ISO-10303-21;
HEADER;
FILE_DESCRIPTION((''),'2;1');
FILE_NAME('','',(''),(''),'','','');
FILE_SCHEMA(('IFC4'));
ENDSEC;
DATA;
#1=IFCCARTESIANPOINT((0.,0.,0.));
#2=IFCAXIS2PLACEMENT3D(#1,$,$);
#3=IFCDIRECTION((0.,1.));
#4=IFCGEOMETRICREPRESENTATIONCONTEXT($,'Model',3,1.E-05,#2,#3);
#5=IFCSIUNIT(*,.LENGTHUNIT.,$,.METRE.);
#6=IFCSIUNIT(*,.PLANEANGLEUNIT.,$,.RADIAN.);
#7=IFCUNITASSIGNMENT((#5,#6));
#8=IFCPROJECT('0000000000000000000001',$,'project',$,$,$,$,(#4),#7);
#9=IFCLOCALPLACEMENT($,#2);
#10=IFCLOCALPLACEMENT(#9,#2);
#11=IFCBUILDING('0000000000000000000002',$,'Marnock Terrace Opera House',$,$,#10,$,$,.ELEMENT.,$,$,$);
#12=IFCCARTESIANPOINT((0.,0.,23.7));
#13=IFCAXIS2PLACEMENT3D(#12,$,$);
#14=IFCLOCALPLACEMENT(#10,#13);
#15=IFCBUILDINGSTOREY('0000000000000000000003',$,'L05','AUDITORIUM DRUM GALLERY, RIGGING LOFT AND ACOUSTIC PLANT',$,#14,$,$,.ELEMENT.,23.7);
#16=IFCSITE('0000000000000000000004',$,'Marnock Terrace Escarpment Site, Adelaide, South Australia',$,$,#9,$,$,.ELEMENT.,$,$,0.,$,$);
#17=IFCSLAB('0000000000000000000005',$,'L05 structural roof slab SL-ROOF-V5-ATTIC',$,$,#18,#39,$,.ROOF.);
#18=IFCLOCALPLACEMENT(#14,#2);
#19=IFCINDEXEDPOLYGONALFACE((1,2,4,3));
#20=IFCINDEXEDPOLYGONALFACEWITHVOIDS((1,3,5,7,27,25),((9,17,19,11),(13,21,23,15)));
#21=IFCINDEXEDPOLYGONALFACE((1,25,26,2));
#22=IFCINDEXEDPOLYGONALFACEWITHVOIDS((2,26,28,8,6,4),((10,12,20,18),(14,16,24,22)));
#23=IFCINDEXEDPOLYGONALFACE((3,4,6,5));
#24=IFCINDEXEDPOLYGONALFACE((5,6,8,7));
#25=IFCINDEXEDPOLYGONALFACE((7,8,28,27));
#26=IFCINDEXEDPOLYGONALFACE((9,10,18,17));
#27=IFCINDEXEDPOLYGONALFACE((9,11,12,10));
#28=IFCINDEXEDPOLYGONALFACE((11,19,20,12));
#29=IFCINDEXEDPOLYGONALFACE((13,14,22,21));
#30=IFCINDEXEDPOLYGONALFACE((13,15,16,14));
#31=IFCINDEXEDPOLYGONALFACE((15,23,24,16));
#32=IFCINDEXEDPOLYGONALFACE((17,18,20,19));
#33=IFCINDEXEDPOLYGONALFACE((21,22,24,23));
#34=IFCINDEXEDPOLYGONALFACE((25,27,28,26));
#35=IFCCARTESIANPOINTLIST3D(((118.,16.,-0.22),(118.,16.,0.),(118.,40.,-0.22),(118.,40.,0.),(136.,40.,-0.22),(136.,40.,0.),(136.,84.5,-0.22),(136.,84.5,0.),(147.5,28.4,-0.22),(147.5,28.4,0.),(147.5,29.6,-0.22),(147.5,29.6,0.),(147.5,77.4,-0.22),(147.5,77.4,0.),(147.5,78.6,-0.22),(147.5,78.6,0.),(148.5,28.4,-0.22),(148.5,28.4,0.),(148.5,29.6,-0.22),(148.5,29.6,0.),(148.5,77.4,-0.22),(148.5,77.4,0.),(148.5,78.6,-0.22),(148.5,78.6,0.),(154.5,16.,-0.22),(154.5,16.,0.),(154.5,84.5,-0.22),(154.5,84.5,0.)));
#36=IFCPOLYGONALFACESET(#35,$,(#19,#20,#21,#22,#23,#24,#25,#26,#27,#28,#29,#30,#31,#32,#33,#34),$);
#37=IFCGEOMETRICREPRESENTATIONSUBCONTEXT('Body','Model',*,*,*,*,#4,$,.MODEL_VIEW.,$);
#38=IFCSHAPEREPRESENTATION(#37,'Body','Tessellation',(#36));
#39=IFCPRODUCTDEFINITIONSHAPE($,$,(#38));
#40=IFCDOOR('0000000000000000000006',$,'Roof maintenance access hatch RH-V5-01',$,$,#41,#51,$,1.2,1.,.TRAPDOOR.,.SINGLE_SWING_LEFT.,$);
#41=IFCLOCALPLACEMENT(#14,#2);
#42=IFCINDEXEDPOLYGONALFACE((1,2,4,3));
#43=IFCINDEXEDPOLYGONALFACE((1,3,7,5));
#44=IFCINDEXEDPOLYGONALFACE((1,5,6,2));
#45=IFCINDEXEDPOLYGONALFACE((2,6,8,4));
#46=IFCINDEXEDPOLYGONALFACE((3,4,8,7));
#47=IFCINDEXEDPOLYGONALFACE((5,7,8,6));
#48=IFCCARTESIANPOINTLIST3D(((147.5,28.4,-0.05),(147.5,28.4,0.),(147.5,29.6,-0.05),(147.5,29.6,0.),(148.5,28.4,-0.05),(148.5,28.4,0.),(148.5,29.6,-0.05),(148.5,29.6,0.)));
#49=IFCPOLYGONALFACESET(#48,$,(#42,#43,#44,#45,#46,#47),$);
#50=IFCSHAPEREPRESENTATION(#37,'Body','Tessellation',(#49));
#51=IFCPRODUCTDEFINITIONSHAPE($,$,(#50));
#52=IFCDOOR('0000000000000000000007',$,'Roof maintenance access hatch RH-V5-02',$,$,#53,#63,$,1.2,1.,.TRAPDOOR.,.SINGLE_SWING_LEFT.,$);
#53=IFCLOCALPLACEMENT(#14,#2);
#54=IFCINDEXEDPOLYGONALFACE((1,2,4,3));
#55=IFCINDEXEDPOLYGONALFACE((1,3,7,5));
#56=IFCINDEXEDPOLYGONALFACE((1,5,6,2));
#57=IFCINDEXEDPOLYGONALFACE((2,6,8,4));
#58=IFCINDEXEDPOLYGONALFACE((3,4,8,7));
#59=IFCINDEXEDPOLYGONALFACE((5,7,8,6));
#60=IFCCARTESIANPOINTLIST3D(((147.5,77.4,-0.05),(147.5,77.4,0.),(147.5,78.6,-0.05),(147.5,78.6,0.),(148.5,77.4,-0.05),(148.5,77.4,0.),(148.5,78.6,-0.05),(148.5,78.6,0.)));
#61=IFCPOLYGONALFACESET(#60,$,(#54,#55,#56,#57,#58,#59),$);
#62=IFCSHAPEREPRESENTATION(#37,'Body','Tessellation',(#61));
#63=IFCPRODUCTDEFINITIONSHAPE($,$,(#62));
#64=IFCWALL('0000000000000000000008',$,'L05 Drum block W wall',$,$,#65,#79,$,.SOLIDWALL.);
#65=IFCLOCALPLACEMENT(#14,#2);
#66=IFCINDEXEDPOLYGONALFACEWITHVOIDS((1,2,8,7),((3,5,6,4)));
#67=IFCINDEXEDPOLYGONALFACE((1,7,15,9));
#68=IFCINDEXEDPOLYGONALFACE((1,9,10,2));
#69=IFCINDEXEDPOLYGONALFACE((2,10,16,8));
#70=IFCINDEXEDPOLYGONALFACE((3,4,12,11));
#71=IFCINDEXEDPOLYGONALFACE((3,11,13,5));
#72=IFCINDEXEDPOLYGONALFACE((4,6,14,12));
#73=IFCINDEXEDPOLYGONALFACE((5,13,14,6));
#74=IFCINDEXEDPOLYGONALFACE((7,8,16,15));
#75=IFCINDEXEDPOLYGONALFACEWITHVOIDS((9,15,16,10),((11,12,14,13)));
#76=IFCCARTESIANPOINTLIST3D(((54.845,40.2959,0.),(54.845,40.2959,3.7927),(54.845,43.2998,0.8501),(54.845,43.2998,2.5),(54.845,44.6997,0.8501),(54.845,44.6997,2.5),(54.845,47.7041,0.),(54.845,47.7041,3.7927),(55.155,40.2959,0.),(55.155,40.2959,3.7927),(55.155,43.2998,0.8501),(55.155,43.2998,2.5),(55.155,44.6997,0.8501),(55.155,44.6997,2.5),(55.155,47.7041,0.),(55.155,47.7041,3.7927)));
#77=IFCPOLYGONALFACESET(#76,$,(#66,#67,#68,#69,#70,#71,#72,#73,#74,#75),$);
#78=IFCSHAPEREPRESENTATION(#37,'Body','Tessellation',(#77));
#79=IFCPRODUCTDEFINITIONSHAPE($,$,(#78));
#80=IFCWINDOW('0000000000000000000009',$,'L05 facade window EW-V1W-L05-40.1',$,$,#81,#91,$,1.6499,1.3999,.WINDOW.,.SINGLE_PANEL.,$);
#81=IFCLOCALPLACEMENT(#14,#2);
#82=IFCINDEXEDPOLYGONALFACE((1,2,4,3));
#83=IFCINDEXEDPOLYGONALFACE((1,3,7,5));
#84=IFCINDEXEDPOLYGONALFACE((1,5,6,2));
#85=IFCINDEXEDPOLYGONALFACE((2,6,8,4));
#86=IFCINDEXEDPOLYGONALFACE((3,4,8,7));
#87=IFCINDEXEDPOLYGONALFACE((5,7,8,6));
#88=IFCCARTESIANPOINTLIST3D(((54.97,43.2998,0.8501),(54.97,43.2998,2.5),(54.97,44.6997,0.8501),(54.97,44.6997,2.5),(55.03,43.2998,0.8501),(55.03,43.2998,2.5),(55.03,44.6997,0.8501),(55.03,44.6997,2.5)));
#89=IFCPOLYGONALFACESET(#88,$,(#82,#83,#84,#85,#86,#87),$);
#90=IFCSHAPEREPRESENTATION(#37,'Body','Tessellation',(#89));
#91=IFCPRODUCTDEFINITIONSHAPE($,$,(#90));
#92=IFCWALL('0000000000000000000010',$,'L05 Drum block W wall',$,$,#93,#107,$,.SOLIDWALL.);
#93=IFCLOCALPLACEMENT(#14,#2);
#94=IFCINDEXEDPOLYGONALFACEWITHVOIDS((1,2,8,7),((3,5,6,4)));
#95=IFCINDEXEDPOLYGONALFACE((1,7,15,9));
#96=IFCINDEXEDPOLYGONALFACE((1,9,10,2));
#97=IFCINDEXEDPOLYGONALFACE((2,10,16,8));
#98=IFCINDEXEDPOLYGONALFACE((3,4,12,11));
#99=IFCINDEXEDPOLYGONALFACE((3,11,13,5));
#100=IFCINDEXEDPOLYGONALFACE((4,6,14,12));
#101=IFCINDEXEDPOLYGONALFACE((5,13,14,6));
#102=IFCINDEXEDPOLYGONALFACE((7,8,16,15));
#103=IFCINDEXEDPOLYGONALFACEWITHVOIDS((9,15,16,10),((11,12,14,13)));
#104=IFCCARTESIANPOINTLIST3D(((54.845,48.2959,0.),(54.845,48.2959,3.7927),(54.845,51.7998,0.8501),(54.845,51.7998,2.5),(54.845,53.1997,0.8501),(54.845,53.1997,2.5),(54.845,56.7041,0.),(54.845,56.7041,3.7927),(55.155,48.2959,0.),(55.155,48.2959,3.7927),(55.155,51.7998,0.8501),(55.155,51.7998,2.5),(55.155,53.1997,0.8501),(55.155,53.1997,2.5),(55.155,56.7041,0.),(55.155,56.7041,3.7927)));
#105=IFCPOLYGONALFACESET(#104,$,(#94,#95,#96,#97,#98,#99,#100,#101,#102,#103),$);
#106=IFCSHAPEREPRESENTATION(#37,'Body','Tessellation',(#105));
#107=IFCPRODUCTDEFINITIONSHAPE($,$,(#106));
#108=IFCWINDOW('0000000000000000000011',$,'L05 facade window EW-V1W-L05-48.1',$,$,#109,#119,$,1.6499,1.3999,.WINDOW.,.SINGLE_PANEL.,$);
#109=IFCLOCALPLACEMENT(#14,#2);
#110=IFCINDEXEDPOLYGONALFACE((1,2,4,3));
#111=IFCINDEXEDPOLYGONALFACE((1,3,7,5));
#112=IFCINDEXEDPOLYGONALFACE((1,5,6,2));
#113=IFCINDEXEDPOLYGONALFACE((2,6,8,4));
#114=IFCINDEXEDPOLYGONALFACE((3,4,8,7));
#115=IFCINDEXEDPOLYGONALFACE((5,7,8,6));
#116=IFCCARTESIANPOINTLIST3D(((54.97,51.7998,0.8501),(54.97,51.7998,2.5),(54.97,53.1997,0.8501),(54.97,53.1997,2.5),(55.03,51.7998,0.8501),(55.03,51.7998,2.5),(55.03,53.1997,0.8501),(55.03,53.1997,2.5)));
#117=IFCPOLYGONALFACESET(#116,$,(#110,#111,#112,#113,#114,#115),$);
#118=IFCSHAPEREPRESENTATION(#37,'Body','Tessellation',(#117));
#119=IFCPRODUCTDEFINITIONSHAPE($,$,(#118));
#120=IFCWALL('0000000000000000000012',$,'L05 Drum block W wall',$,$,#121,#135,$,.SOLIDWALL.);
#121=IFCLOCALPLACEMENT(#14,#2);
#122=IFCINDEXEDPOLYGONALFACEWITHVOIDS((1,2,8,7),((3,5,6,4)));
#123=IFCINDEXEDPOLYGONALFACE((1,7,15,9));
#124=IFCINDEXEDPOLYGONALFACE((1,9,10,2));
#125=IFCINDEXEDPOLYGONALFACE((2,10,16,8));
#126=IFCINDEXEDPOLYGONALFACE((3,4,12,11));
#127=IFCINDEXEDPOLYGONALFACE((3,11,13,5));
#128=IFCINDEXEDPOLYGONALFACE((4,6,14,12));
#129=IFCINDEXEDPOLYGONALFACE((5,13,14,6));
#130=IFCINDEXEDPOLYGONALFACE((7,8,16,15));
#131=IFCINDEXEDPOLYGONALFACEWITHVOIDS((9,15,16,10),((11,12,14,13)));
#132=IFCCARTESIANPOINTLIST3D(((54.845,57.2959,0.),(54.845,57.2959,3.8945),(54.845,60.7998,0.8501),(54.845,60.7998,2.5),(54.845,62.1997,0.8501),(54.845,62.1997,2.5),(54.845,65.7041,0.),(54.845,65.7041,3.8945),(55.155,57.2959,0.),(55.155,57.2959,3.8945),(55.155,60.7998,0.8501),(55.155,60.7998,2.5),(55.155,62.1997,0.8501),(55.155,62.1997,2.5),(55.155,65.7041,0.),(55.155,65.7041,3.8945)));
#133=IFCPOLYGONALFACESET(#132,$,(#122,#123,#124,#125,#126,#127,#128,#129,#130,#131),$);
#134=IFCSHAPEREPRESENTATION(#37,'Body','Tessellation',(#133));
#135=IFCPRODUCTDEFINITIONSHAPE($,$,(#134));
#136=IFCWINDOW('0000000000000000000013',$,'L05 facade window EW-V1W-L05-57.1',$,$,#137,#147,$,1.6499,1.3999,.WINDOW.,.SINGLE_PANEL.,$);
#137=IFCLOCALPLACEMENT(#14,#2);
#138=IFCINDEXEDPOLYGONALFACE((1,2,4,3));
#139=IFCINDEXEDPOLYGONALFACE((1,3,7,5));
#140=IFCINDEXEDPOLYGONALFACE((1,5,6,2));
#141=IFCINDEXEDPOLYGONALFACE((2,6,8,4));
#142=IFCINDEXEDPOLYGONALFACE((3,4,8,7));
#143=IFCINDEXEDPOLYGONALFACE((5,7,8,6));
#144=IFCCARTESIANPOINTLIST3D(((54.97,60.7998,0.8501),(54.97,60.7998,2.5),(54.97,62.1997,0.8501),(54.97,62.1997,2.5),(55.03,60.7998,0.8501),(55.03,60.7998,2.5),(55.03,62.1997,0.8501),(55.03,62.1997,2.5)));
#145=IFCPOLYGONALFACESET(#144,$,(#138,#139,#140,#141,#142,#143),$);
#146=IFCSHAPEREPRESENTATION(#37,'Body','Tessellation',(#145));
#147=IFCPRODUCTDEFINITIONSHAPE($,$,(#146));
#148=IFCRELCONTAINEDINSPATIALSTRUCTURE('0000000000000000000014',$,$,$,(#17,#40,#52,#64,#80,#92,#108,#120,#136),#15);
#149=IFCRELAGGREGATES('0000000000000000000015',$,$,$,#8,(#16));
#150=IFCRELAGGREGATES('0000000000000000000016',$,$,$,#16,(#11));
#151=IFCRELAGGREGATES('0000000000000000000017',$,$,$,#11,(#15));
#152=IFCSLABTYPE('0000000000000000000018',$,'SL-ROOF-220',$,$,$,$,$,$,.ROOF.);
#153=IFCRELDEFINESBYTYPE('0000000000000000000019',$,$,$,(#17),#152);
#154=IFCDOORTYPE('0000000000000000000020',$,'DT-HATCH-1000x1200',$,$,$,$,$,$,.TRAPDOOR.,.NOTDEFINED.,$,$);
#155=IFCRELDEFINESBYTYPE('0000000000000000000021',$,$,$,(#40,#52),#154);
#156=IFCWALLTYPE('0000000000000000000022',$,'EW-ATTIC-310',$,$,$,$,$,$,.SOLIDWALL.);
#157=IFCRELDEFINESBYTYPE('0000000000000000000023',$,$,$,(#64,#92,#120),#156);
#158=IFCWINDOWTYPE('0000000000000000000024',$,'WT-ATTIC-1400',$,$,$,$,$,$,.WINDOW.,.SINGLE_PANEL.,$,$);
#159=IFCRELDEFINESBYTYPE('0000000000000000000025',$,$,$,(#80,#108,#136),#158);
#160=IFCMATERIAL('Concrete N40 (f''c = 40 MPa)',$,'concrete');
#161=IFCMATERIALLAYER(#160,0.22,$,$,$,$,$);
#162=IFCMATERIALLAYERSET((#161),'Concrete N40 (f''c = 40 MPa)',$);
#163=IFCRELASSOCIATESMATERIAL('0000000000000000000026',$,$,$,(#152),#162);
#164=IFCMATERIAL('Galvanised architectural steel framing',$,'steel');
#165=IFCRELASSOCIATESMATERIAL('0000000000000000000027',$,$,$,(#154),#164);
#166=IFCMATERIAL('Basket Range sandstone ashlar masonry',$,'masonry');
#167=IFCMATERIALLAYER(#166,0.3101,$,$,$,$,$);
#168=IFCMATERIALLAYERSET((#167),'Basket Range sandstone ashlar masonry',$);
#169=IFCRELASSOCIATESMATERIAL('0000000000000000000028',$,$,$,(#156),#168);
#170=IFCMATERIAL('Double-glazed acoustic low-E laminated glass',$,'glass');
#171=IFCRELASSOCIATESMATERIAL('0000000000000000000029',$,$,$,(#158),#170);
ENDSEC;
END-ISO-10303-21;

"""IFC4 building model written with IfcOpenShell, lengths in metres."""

from ifc_helpers import new_model, si_unit, direction, frame, frame_2d, origin, origin_2d, place, context, subcontext, project, spatial, polyline, rectangle, outline, extrude, material, layer, layer_set, type_object, element, fill, save


model = new_model("IFC4")

# Units and contexts
model_context = context("Model", 3, precision=1e-05, world=origin(), true_north=direction((0.0, 1.0)))
body_context = subcontext(model_context, "Body", "Model", "MODEL_VIEW")
ifc_project = project(units=[si_unit("LENGTHUNIT", "METRE"), si_unit("PLANEANGLEUNIT", "RADIAN")], contexts=[model_context])

# Site, building, storey
site_placement = place(None, origin())
site = spatial("IfcSite", under=ifc_project, at=site_placement, Name="Marnock Terrace Escarpment Site, Adelaide, South Australia", CompositionType="ELEMENT", RefElevation=0.0)
building_placement = place(site_placement, origin())
building = spatial("IfcBuilding", under=site, at=building_placement, Name="Marnock Terrace Opera House", CompositionType="ELEMENT")
storey_placement = place(building_placement, frame((0.0, 0.0, 23.7)))
storey = spatial("IfcBuildingStorey", under=building, at=storey_placement, Name="L05", Description="AUDITORIUM DRUM GALLERY, RIGGING LOFT AND ACOUSTIC PLANT", CompositionType="ELEMENT", Elevation=23.7)

# Shared definitions
ifc_material_1 = material(Name="Concrete N40 (f'c = 40 MPa)", Category="concrete")

# Slab, openings, doors
ifc_layer_1 = layer(ifc_material_1, 0.22)
ifc_layer_set_1 = layer_set([ifc_layer_1], Name="Concrete N40 (f'c = 40 MPa)")
slab_type_1 = type_object("IfcSlabType", Name="SL-ROOF-220", PredefinedType="ROOF", material=ifc_layer_set_1)
slab_1_placement = place(storey_placement, frame((0.0, 0.0, -0.22)))
slab_1 = element("IfcSlab", 1, at=slab_1_placement, inside=storey, type_object=slab_type_1, Name="L05 structural roof slab SL-ROOF-V5-ATTIC", PredefinedType="ROOF", context=body_context, shape_type="SweptSolid", body=[
    extrude(outline(polyline([(118.0, 16.0), (154.5, 16.0), (154.5, 84.5), (136.0, 84.5), (136.0, 40.0), (118.0, 40.0), (118.0, 16.0)])), origin(), (0.0, 0.0, 1.0), 0.22),
])
opening_1_placement = place(slab_1_placement, frame((148.0, 29.0, 0.0)))
opening_1 = element("IfcOpeningElement", 2, at=opening_1_placement, cuts=slab_1, PredefinedType="OPENING", context=body_context, shape_type="SweptSolid", body=[
    extrude(rectangle(XDim=1.0, YDim=1.2, at=origin_2d()), frame((0.0, 0.0, -0.01)), (0.0, 0.0, 1.0), 0.24),
])
opening_2_placement = place(slab_1_placement, frame((148.0, 78.0, 0.0)))
opening_2 = element("IfcOpeningElement", 3, at=opening_2_placement, cuts=slab_1, PredefinedType="OPENING", context=body_context, shape_type="SweptSolid", body=[
    extrude(rectangle(XDim=1.0, YDim=1.2, at=origin_2d()), frame((0.0, 0.0, -0.01)), (0.0, 0.0, 1.0), 0.24),
])
ifc_material_2 = material(Name="Galvanised architectural steel framing", Category="steel")
door_type_1 = type_object("IfcDoorType", Name="DT-HATCH-1000x1200", OperationType="NOTDEFINED", PredefinedType="TRAPDOOR", material=ifc_material_2)
door_1_placement = place(opening_1_placement, frame((0.0, 0.0, 0.1699)))
door_1 = element("IfcDoor", 4, at=door_1_placement, inside=storey, type_object=door_type_1, Name="Roof maintenance access hatch RH-V5-01", OperationType="SINGLE_SWING_LEFT", OverallHeight=1.2, OverallWidth=1.0, PredefinedType="TRAPDOOR", context=body_context, shape_type="SweptSolid", body=[
    extrude(rectangle(XDim=1.0, YDim=1.2, at=origin_2d()), origin(), (0.0, 0.0, 1.0), 0.05),
])
fill(opening_1, door_1)
door_2_placement = place(opening_2_placement, frame((0.0, 0.0, 0.1699)))
door_2 = element("IfcDoor", 5, at=door_2_placement, inside=storey, type_object=door_type_1, Name="Roof maintenance access hatch RH-V5-02", OperationType="SINGLE_SWING_LEFT", OverallHeight=1.2, OverallWidth=1.0, PredefinedType="TRAPDOOR", context=body_context, shape_type="SweptSolid", body=[
    extrude(rectangle(XDim=1.0, YDim=1.2, at=origin_2d()), origin(), (0.0, 0.0, 1.0), 0.05),
])
fill(opening_2, door_2)

# Walls, openings, windows
ifc_material_3 = material(Name="Basket Range sandstone ashlar masonry", Category="masonry")
ifc_layer_2 = layer(ifc_material_3, 0.3101)
ifc_layer_set_2 = layer_set([ifc_layer_2], Name="Basket Range sandstone ashlar masonry")
wall_type_1 = type_object("IfcWallType", Name="EW-ATTIC-310", PredefinedType="SOLIDWALL", material=ifc_layer_set_2)
wall_1_placement = place(storey_placement, frame((55.0, 40.2959, 0.0), z_axis=(0.0, 0.0, 1.0), x_axis=(0.0, 1.0, 0.0)))
wall_1 = element("IfcWall", 6, at=wall_1_placement, inside=storey, type_object=wall_type_1, Name="L05 Drum block W wall", PredefinedType="SOLIDWALL", context=body_context, shape_type="SweptSolid", body=[
    extrude(rectangle(XDim=7.4082, YDim=0.3101, at=frame_2d((3.7041, 0.0))), origin(), (0.0, 0.0, 1.0), 3.7927),
])
opening_3_placement = place(wall_1_placement, frame((3.0039, 0.0, 0.8501)))
opening_3 = element("IfcOpeningElement", 7, at=opening_3_placement, cuts=wall_1, PredefinedType="OPENING", context=body_context, shape_type="SweptSolid", body=[
    extrude(rectangle(XDim=1.3999, YDim=1.6499, at=frame_2d((0.7, 0.825))), frame((0.0, 0.165, 0.0), z_axis=(0.0, -1.0, 0.0), x_axis=(1.0, 0.0, 0.0)), (0.0, 0.0, 1.0), 0.3301),
])
ifc_material_4 = material(Name="Double-glazed acoustic low-E laminated glass", Category="glass")
window_type = type_object("IfcWindowType", Name="WT-ATTIC-1400", PartitioningType="SINGLE_PANEL", PredefinedType="WINDOW", material=ifc_material_4)
window_1_placement = place(opening_3_placement, origin())
window_1 = element("IfcWindow", 8, at=window_1_placement, inside=storey, type_object=window_type, Name="L05 facade window EW-V1W-L05-40.1", OverallHeight=1.6499, OverallWidth=1.3999, PartitioningType="SINGLE_PANEL", PredefinedType="WINDOW", context=body_context, shape_type="SweptSolid", body=[
    extrude(rectangle(XDim=1.3999, YDim=1.6499, at=frame_2d((0.7, 0.825))), frame((0.0, 0.03, 0.0), z_axis=(0.0, -1.0, 0.0), x_axis=(1.0, 0.0, 0.0)), (0.0, 0.0, 1.0), 0.0601),
])
fill(opening_3, window_1)
wall_2_placement = place(storey_placement, frame((55.0, 48.2959, 0.0), z_axis=(0.0, 0.0, 1.0), x_axis=(0.0, 1.0, 0.0)))
wall_2 = element("IfcWall", 9, at=wall_2_placement, inside=storey, type_object=wall_type_1, Name="L05 Drum block W wall", PredefinedType="SOLIDWALL", context=body_context, shape_type="SweptSolid", body=[
    extrude(rectangle(XDim=8.4082, YDim=0.3101, at=frame_2d((4.2041, 0.0))), origin(), (0.0, 0.0, 1.0), 3.7927),
])
opening_4_placement = place(wall_2_placement, frame((3.5039, 0.0, 0.8501)))
opening_4 = element("IfcOpeningElement", 10, at=opening_4_placement, cuts=wall_2, PredefinedType="OPENING", context=body_context, shape_type="SweptSolid", body=[
    extrude(rectangle(XDim=1.3999, YDim=1.6499, at=frame_2d((0.7, 0.825))), frame((0.0, 0.165, 0.0), z_axis=(0.0, -1.0, 0.0), x_axis=(1.0, 0.0, 0.0)), (0.0, 0.0, 1.0), 0.3301),
])
window_2_placement = place(opening_4_placement, origin())
window_2 = element("IfcWindow", 11, at=window_2_placement, inside=storey, type_object=window_type, Name="L05 facade window EW-V1W-L05-48.1", OverallHeight=1.6499, OverallWidth=1.3999, PartitioningType="SINGLE_PANEL", PredefinedType="WINDOW", context=body_context, shape_type="SweptSolid", body=[
    extrude(rectangle(XDim=1.3999, YDim=1.6499, at=frame_2d((0.7, 0.825))), frame((0.0, 0.03, 0.0), z_axis=(0.0, -1.0, 0.0), x_axis=(1.0, 0.0, 0.0)), (0.0, 0.0, 1.0), 0.0601),
])
fill(opening_4, window_2)
wall_3_placement = place(storey_placement, frame((55.0, 57.2959, 0.0), z_axis=(0.0, 0.0, 1.0), x_axis=(0.0, 1.0, 0.0)))
wall_3 = element("IfcWall", 12, at=wall_3_placement, inside=storey, type_object=wall_type_1, Name="L05 Drum block W wall", PredefinedType="SOLIDWALL", context=body_context, shape_type="SweptSolid", body=[
    extrude(rectangle(XDim=8.4082, YDim=0.3101, at=frame_2d((4.2041, 0.0))), origin(), (0.0, 0.0, 1.0), 3.8945),
])
opening_5_placement = place(wall_3_placement, frame((3.5039, 0.0, 0.8501)))
opening_5 = element("IfcOpeningElement", 13, at=opening_5_placement, cuts=wall_3, PredefinedType="OPENING", context=body_context, shape_type="SweptSolid", body=[
    extrude(rectangle(XDim=1.3999, YDim=1.6499, at=frame_2d((0.7, 0.825))), frame((0.0, 0.165, 0.0), z_axis=(0.0, -1.0, 0.0), x_axis=(1.0, 0.0, 0.0)), (0.0, 0.0, 1.0), 0.3301),
])
window_3_placement = place(opening_5_placement, origin())
window_3 = element("IfcWindow", 14, at=window_3_placement, inside=storey, type_object=window_type, Name="L05 facade window EW-V1W-L05-57.1", OverallHeight=1.6499, OverallWidth=1.3999, PartitioningType="SINGLE_PANEL", PredefinedType="WINDOW", context=body_context, shape_type="SweptSolid", body=[
    extrude(rectangle(XDim=1.3999, YDim=1.6499, at=frame_2d((0.7, 0.825))), frame((0.0, 0.03, 0.0), z_axis=(0.0, -1.0, 0.0), x_axis=(1.0, 0.0, 0.0)), (0.0, 0.0, 1.0), 0.0601),
])
fill(opening_5, window_3)

save(model, "model.ifc")
